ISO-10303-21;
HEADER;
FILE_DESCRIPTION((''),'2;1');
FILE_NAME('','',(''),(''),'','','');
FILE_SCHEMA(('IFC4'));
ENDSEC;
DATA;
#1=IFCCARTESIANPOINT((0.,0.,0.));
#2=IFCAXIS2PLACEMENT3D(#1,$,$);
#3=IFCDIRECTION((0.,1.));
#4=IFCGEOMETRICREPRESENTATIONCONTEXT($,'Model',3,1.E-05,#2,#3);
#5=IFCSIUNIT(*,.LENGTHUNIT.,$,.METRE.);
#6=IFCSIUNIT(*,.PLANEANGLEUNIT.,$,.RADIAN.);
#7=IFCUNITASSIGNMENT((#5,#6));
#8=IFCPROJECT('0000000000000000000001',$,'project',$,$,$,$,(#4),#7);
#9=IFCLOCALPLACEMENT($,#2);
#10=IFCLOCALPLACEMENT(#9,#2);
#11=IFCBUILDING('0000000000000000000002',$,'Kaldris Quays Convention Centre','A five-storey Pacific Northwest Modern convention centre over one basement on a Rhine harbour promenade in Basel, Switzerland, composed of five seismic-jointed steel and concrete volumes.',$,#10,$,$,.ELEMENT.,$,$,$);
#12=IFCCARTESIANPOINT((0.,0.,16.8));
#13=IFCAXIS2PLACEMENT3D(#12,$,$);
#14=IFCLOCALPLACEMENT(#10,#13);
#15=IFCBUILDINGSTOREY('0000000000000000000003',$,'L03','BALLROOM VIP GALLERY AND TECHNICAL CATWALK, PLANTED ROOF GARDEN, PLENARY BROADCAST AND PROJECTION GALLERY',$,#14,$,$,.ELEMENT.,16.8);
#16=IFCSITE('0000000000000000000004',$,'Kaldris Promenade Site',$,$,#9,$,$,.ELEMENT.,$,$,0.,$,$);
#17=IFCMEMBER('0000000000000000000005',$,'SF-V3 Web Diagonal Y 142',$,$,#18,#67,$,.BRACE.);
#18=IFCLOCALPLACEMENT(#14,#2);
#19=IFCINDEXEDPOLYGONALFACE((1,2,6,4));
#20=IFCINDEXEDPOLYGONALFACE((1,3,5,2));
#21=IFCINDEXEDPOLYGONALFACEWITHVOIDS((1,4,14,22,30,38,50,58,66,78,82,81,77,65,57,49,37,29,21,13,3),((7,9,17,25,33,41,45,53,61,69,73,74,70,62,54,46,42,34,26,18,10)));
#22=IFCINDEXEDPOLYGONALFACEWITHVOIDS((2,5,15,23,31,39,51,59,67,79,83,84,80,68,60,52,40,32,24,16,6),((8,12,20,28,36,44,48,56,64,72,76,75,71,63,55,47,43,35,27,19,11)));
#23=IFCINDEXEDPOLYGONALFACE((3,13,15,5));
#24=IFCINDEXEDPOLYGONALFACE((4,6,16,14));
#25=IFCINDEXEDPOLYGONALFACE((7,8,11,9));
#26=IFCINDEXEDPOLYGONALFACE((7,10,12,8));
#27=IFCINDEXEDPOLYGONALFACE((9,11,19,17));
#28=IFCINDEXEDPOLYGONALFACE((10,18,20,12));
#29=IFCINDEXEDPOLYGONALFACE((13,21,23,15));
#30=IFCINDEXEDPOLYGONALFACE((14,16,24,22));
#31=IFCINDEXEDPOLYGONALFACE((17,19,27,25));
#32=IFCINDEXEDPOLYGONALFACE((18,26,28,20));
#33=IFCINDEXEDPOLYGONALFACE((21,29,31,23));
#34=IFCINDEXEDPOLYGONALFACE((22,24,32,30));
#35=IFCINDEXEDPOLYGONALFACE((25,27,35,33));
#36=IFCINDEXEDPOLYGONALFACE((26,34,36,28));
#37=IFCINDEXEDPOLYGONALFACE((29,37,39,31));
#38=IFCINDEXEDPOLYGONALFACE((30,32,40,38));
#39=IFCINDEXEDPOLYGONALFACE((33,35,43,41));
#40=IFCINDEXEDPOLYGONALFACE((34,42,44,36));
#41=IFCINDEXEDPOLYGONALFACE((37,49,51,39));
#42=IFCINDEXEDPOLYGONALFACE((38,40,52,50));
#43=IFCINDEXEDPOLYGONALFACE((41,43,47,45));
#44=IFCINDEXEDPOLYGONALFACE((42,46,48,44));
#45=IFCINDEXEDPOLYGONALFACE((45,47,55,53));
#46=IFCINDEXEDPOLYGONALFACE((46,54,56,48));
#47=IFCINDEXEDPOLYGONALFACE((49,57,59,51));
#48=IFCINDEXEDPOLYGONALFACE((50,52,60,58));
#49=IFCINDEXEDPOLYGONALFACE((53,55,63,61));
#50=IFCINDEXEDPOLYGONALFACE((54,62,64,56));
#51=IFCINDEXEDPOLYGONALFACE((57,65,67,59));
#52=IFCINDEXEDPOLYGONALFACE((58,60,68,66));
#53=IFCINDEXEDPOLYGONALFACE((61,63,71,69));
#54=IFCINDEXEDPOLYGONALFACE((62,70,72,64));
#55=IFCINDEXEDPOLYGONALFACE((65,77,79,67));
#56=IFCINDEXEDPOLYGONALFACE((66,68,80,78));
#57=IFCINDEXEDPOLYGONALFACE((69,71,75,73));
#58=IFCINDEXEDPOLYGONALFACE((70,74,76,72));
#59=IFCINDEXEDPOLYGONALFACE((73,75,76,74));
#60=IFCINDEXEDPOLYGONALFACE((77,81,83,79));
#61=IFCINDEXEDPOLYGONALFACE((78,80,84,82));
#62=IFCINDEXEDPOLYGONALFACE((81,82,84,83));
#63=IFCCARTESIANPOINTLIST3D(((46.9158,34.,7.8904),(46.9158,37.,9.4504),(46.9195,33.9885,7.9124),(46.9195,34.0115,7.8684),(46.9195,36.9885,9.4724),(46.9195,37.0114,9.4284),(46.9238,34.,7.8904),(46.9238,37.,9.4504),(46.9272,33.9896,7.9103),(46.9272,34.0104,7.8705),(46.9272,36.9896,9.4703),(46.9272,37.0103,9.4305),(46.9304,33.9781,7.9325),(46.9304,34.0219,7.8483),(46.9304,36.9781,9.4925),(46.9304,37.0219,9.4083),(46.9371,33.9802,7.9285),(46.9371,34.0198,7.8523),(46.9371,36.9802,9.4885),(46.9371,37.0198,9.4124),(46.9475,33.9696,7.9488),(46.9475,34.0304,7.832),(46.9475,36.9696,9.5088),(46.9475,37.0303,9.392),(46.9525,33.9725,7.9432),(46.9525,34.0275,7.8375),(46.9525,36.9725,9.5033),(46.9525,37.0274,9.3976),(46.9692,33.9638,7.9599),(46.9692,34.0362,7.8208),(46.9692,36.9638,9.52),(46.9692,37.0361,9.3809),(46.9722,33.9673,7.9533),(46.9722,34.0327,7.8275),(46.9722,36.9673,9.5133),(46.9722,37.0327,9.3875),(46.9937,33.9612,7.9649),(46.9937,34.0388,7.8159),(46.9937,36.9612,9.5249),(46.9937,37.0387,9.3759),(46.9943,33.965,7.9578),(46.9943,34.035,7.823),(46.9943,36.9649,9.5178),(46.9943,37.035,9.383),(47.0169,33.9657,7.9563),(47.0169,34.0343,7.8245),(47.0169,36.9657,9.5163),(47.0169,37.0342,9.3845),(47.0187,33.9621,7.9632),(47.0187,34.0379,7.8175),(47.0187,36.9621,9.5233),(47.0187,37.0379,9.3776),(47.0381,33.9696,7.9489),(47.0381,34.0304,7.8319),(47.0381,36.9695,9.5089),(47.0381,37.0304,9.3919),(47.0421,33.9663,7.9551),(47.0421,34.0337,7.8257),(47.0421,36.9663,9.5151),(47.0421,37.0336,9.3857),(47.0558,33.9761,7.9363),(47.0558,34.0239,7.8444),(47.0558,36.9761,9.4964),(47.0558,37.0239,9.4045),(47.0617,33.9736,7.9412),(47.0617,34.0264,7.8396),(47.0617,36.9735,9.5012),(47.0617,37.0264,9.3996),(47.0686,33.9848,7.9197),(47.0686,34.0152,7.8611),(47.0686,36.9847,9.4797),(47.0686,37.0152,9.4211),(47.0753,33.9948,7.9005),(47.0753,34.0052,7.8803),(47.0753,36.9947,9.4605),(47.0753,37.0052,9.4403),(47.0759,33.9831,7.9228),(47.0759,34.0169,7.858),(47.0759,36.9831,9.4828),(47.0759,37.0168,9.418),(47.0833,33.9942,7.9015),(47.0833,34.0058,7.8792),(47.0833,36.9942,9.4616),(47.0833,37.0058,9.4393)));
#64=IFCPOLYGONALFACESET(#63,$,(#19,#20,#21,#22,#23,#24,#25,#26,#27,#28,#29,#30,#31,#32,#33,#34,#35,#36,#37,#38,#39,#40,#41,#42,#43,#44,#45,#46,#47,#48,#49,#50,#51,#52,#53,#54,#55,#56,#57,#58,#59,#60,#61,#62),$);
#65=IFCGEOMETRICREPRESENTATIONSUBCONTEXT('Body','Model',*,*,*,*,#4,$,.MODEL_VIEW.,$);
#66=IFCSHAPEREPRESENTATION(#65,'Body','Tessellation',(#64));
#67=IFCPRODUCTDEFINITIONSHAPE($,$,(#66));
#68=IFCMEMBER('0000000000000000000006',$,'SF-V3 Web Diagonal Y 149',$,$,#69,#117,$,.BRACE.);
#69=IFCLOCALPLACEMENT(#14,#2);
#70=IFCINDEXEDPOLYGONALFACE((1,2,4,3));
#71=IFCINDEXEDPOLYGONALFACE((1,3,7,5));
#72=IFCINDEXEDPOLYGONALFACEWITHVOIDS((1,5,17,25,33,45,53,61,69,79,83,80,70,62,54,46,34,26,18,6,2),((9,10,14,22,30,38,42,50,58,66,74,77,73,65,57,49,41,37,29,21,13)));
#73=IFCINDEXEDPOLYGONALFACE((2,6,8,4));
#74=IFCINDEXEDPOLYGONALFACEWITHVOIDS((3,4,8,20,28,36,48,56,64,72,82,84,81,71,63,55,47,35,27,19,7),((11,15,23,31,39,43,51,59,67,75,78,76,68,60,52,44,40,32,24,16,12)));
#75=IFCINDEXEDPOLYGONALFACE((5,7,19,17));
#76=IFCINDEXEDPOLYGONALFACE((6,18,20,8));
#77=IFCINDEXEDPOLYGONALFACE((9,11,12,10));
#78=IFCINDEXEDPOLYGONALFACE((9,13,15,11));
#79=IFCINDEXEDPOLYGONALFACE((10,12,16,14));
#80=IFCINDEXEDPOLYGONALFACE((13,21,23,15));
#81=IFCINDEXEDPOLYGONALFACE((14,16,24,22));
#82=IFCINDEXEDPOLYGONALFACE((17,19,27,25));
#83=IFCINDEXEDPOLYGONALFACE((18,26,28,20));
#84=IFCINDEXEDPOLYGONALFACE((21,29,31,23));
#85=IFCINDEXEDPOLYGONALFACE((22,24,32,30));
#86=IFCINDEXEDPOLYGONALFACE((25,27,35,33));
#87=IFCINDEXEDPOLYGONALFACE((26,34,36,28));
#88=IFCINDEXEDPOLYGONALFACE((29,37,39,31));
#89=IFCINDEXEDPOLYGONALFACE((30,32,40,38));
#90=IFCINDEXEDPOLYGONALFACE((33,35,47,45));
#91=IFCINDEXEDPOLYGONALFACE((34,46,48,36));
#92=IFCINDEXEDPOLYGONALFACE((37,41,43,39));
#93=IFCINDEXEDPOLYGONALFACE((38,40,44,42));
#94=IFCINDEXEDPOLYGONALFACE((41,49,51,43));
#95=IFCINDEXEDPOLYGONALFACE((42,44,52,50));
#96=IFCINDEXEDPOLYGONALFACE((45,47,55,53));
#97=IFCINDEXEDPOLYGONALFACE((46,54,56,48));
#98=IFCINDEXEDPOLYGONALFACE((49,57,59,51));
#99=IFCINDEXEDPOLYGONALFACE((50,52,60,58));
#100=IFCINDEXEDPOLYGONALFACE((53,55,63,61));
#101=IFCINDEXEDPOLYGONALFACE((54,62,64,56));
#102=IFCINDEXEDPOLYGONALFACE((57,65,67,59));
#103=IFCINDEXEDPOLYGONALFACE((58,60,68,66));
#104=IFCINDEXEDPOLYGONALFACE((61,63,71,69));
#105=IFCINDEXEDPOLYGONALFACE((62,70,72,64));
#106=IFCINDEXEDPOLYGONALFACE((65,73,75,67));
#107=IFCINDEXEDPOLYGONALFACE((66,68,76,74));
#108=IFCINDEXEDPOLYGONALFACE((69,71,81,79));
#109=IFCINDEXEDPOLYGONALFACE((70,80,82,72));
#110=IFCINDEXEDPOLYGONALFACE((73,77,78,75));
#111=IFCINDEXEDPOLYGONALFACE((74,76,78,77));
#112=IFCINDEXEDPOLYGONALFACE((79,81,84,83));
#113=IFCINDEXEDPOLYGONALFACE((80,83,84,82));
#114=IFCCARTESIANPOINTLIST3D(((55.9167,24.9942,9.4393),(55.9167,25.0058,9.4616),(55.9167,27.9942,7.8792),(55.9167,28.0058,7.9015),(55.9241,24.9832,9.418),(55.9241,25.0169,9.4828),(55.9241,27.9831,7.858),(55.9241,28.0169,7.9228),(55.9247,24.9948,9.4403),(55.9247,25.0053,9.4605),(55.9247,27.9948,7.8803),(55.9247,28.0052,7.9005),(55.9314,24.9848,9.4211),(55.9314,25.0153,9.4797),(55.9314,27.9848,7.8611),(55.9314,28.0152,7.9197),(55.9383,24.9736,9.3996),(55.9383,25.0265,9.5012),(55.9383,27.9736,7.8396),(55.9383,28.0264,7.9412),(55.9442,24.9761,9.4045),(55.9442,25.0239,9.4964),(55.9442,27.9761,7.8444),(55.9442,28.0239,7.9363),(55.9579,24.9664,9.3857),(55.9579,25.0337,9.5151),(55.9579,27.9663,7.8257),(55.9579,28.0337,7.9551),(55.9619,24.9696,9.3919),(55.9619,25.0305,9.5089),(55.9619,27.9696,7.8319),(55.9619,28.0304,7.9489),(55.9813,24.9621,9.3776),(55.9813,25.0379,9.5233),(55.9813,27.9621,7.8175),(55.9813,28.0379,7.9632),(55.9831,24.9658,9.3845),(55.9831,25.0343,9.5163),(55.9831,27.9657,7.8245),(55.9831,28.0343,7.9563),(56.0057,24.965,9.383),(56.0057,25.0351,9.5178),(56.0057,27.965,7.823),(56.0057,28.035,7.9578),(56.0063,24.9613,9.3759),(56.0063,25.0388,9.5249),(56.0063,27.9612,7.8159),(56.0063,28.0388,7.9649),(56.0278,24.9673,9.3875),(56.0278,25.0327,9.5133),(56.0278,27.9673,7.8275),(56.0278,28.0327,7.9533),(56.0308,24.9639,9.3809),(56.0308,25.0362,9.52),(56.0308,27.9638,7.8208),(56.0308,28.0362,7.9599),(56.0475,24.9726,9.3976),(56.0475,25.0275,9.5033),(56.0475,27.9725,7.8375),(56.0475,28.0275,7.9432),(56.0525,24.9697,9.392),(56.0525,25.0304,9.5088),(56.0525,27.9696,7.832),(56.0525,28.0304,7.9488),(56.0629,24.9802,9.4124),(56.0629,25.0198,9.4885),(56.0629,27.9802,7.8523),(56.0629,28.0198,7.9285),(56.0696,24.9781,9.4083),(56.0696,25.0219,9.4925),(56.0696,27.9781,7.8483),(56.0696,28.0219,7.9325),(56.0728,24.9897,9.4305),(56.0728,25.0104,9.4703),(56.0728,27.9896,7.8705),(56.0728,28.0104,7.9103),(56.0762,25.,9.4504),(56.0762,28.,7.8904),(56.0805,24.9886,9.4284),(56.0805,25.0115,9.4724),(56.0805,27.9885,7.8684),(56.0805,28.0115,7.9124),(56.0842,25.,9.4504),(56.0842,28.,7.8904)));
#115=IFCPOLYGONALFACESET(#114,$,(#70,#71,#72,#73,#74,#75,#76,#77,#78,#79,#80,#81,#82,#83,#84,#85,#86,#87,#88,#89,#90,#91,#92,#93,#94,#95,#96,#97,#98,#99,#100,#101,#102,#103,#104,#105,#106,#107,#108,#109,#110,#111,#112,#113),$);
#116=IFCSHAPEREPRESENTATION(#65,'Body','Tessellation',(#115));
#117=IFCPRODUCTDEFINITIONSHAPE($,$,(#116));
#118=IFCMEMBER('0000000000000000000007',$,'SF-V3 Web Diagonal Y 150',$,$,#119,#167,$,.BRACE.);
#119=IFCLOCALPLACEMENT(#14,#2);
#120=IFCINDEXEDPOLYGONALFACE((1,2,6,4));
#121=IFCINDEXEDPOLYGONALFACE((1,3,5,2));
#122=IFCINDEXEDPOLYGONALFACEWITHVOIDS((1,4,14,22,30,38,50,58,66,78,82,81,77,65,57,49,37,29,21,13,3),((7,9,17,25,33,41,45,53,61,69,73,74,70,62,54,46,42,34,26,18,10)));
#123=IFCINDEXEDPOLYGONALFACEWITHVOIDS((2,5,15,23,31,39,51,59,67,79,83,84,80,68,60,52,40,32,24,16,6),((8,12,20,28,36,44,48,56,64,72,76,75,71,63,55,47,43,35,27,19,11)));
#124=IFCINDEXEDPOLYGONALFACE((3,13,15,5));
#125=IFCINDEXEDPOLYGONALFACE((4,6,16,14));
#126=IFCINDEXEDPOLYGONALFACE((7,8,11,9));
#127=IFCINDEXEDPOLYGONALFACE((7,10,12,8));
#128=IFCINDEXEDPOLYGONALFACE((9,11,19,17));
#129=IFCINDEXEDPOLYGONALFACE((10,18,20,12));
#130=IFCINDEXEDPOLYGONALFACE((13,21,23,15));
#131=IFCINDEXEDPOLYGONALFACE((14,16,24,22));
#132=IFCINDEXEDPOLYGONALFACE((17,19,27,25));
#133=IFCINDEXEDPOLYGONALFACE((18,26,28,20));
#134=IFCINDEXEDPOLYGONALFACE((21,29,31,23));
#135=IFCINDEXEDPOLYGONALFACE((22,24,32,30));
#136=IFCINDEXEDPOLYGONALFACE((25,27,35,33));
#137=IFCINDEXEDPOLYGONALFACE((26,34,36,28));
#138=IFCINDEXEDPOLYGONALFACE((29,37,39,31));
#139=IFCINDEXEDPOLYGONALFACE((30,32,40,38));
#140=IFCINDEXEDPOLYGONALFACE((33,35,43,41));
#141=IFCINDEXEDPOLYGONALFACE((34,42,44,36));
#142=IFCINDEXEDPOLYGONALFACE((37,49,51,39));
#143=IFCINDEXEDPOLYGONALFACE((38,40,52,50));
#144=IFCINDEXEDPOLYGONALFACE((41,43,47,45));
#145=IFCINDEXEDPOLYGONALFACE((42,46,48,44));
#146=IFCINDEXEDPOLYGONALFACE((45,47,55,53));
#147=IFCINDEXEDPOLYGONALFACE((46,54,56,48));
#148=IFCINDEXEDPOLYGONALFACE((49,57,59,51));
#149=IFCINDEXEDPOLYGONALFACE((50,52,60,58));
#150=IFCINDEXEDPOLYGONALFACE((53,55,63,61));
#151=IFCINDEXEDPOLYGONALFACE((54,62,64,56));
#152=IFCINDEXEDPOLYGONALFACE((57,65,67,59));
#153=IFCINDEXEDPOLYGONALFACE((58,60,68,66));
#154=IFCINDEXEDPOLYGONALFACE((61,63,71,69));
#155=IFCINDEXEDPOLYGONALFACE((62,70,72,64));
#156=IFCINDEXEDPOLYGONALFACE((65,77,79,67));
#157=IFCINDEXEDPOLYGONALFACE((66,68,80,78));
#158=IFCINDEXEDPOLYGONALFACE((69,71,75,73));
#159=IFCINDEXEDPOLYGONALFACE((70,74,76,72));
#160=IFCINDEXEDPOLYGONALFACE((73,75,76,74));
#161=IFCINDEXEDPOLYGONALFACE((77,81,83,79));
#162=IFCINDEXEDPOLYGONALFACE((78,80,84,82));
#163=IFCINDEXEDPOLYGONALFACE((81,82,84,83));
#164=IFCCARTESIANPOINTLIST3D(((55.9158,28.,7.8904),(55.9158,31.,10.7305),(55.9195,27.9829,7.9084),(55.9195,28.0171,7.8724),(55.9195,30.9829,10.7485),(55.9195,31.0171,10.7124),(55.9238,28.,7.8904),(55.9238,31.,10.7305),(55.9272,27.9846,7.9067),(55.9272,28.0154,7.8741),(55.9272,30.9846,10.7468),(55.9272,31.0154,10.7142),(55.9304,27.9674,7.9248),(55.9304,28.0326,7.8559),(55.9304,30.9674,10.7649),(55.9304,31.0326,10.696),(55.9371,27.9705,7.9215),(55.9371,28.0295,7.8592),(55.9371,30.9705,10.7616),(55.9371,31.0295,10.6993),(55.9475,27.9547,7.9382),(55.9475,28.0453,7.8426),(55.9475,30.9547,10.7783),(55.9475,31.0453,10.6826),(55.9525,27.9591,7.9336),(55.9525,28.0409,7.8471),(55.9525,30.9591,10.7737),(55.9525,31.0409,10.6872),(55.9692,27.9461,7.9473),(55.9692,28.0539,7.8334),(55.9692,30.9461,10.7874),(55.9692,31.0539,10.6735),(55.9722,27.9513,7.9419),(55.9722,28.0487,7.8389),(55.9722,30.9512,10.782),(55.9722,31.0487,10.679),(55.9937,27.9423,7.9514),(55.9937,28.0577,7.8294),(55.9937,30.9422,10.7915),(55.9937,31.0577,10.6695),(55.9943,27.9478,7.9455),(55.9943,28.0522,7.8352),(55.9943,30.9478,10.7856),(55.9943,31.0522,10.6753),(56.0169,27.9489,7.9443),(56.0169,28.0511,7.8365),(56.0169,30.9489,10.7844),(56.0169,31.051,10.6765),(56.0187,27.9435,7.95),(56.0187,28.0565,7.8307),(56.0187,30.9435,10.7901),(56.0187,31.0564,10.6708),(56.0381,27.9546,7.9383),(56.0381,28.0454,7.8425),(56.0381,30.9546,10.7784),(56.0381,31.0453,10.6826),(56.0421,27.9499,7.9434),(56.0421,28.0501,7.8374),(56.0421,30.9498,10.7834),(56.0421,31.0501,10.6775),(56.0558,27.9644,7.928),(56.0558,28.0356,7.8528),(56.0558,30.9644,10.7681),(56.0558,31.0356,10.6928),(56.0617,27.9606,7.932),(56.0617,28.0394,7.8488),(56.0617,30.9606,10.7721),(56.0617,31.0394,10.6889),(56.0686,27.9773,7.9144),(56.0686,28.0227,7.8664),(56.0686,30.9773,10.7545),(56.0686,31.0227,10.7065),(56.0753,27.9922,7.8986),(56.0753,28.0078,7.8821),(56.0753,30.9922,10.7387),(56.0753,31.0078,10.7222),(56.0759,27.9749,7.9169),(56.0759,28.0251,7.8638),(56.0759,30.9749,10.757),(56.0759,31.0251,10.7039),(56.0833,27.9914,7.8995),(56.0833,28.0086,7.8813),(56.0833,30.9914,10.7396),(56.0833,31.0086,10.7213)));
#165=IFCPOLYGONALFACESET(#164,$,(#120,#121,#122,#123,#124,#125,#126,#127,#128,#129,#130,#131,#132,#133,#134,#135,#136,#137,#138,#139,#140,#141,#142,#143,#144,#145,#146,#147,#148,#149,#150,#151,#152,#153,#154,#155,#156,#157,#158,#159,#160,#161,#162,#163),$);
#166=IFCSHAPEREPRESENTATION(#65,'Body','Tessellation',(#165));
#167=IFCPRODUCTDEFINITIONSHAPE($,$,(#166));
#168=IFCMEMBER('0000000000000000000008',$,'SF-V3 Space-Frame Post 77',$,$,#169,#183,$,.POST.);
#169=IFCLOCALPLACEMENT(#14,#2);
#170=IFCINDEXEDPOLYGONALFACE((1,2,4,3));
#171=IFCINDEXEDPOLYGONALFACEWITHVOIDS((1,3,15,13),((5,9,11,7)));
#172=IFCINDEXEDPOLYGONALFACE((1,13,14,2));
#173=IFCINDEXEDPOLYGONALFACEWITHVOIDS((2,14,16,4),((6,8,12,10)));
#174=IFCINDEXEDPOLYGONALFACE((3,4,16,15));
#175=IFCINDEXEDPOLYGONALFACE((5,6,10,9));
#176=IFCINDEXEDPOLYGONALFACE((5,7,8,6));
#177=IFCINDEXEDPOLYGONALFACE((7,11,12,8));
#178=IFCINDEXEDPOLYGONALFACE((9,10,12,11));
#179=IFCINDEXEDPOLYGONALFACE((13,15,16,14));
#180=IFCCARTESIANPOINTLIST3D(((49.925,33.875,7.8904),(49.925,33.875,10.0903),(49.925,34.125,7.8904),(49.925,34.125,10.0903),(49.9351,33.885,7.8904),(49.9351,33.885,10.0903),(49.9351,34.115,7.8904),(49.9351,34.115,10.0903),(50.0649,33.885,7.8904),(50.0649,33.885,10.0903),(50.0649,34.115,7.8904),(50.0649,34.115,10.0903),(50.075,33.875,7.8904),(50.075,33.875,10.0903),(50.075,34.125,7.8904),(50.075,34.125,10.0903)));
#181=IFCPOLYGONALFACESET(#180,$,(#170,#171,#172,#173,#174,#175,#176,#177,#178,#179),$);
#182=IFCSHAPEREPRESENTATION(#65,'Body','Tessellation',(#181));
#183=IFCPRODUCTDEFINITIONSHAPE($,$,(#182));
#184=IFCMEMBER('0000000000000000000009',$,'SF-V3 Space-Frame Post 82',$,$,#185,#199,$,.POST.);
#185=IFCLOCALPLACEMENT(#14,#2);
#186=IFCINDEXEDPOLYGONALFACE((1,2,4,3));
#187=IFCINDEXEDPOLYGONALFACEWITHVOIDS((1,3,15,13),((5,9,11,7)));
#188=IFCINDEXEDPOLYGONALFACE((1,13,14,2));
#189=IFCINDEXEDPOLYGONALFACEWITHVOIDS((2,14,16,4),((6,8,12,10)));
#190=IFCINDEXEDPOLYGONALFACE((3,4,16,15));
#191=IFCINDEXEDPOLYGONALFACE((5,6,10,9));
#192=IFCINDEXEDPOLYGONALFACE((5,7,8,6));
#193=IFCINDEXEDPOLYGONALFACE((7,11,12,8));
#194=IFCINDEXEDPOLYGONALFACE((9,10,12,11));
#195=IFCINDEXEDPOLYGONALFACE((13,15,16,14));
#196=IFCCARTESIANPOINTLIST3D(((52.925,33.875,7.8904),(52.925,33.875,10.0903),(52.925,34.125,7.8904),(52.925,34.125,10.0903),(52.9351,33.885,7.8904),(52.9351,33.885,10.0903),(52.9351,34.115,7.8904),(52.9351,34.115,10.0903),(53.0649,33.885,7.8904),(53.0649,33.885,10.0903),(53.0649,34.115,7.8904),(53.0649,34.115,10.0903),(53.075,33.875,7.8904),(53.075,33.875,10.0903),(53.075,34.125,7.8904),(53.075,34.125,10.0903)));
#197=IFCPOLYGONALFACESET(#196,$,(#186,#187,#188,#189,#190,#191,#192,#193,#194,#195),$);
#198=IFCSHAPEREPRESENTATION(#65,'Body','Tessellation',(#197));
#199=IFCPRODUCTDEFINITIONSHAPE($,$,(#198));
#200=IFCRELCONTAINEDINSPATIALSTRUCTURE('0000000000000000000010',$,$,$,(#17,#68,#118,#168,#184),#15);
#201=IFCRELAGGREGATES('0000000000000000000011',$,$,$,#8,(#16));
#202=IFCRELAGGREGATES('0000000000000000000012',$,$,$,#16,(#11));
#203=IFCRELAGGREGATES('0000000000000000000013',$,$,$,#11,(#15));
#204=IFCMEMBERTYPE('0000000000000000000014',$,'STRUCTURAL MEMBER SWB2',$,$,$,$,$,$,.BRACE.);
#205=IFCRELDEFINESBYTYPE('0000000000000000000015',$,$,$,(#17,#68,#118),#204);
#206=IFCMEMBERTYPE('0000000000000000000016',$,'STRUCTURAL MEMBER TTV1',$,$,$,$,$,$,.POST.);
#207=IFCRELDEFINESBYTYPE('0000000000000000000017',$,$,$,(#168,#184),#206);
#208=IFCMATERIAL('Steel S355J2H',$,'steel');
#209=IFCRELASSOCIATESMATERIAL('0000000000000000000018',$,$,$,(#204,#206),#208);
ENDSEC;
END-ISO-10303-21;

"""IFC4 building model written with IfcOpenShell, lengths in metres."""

from ifc_helpers import new_model, si_unit, direction, frame, origin, origin_2d, place, context, subcontext, project, spatial, hollow_rectangle, hollow_circle, extrude, material, material_profile, profile_set, type_object, element, save


model = new_model("IFC4")

# Units and contexts
model_context = context("Model", 3, precision=1e-05, world=origin(), true_north=direction((0.0, 1.0)))
body_context = subcontext(model_context, "Body", "Model", "MODEL_VIEW")
ifc_project = project(units=[si_unit("LENGTHUNIT", "METRE"), si_unit("PLANEANGLEUNIT", "RADIAN")], contexts=[model_context])

# Site, building, storey
site_placement = place(None, origin())
site = spatial("IfcSite", under=ifc_project, at=site_placement, Name="Kaldris Promenade Site", CompositionType="ELEMENT", RefElevation=0.0)
building_placement = place(site_placement, origin())
building = spatial("IfcBuilding", under=site, at=building_placement, Name="Kaldris Quays Convention Centre", Description="A five-storey Pacific Northwest Modern convention centre over one basement on a Rhine harbour promenade in Basel, Switzerland, composed of five seismic-jointed steel and concrete volumes.", CompositionType="ELEMENT")
storey_placement = place(building_placement, frame((0.0, 0.0, 16.8)))
storey = spatial("IfcBuildingStorey", under=building, at=storey_placement, Name="L03", Description="BALLROOM VIP GALLERY AND TECHNICAL CATWALK, PLANTED ROOF GARDEN, PLENARY BROADCAST AND PROJECTION GALLERY", CompositionType="ELEMENT", Elevation=16.8)

# Members
ifc_material_1 = material(Name="Steel S355J2H", Category="steel")
ifc_material_profile_1 = material_profile(ifc_material_1, hollow_circle(Radius=0.0842, WallThickness=0.0081, at=origin_2d()), Name="CHS 168.3x8")
ifc_profile_set_1 = profile_set([ifc_material_profile_1], Name="Steel S355J2H")
member_type_1 = type_object("IfcMemberType", Name="STRUCTURAL MEMBER SWB2", PredefinedType="BRACE", material=ifc_profile_set_1)
for number, where, z_axis, x_axis, name in (
    (1, (47.0, 34.0, 7.8904), (0.0, 0.88721, 0.461366), (-1.0, 0.0, 0.0), "SF-V3 Web Diagonal Y 142"),
    (2, (56.0, 28.0, 7.8904), (0.0, -0.88721, 0.461366), (1.0, 0.0, 0.0), "SF-V3 Web Diagonal Y 149"),
):
    element("IfcMember", number, at=place(storey_placement, frame(where, z_axis=z_axis, x_axis=x_axis)), inside=storey, type_object=member_type_1, Name=name, PredefinedType="BRACE", context=body_context, shape_type="SweptSolid", body=[
        extrude(hollow_circle(Radius=0.0842, WallThickness=0.0081, at=origin_2d()), origin(), (0.0, 0.0, 1.0), 3.3813),
    ])
member_1_placement = place(storey_placement, frame((56.0, 28.0, 7.8904), z_axis=(0.0, 0.726196, 0.687487), x_axis=(-1.0, 0.0, 0.0)))
element("IfcMember", 3, at=member_1_placement, inside=storey, type_object=member_type_1, Name="SF-V3 Web Diagonal Y 150", PredefinedType="BRACE", context=body_context, shape_type="SweptSolid", body=[
    extrude(hollow_circle(Radius=0.0842, WallThickness=0.0081, at=origin_2d()), origin(), (0.0, 0.0, 1.0), 4.1311),
])
ifc_material_profile_2 = material_profile(ifc_material_1, hollow_rectangle(XDim=0.1499, YDim=0.25, WallThickness=0.01, at=origin_2d()), Name="RHS 250x150x10")
ifc_profile_set_2 = profile_set([ifc_material_profile_2], Name="Steel S355J2H")
member_type_2 = type_object("IfcMemberType", Name="STRUCTURAL MEMBER TTV1", PredefinedType="POST", material=ifc_profile_set_2)
for number, where, z_axis, x_axis, name in (
    (4, (50.0, 34.0, 7.8904), (0.0, 0.0, 1.0), (1.0, 0.0, 0.0), "SF-V3 Space-Frame Post 77"),
    (5, (53.0, 34.0, 7.8904), (0.0, 0.0, 1.0), (1.0, 0.0, 0.0), "SF-V3 Space-Frame Post 82"),
):
    element("IfcMember", number, at=place(storey_placement, frame(where, z_axis=z_axis, x_axis=x_axis)), inside=storey, type_object=member_type_2, Name=name, PredefinedType="POST", context=body_context, shape_type="SweptSolid", body=[
        extrude(hollow_rectangle(XDim=0.1499, YDim=0.25, WallThickness=0.01, at=origin_2d()), origin(), (0.0, 0.0, 1.0), 2.2),
    ])

save(model, "model.ifc")
